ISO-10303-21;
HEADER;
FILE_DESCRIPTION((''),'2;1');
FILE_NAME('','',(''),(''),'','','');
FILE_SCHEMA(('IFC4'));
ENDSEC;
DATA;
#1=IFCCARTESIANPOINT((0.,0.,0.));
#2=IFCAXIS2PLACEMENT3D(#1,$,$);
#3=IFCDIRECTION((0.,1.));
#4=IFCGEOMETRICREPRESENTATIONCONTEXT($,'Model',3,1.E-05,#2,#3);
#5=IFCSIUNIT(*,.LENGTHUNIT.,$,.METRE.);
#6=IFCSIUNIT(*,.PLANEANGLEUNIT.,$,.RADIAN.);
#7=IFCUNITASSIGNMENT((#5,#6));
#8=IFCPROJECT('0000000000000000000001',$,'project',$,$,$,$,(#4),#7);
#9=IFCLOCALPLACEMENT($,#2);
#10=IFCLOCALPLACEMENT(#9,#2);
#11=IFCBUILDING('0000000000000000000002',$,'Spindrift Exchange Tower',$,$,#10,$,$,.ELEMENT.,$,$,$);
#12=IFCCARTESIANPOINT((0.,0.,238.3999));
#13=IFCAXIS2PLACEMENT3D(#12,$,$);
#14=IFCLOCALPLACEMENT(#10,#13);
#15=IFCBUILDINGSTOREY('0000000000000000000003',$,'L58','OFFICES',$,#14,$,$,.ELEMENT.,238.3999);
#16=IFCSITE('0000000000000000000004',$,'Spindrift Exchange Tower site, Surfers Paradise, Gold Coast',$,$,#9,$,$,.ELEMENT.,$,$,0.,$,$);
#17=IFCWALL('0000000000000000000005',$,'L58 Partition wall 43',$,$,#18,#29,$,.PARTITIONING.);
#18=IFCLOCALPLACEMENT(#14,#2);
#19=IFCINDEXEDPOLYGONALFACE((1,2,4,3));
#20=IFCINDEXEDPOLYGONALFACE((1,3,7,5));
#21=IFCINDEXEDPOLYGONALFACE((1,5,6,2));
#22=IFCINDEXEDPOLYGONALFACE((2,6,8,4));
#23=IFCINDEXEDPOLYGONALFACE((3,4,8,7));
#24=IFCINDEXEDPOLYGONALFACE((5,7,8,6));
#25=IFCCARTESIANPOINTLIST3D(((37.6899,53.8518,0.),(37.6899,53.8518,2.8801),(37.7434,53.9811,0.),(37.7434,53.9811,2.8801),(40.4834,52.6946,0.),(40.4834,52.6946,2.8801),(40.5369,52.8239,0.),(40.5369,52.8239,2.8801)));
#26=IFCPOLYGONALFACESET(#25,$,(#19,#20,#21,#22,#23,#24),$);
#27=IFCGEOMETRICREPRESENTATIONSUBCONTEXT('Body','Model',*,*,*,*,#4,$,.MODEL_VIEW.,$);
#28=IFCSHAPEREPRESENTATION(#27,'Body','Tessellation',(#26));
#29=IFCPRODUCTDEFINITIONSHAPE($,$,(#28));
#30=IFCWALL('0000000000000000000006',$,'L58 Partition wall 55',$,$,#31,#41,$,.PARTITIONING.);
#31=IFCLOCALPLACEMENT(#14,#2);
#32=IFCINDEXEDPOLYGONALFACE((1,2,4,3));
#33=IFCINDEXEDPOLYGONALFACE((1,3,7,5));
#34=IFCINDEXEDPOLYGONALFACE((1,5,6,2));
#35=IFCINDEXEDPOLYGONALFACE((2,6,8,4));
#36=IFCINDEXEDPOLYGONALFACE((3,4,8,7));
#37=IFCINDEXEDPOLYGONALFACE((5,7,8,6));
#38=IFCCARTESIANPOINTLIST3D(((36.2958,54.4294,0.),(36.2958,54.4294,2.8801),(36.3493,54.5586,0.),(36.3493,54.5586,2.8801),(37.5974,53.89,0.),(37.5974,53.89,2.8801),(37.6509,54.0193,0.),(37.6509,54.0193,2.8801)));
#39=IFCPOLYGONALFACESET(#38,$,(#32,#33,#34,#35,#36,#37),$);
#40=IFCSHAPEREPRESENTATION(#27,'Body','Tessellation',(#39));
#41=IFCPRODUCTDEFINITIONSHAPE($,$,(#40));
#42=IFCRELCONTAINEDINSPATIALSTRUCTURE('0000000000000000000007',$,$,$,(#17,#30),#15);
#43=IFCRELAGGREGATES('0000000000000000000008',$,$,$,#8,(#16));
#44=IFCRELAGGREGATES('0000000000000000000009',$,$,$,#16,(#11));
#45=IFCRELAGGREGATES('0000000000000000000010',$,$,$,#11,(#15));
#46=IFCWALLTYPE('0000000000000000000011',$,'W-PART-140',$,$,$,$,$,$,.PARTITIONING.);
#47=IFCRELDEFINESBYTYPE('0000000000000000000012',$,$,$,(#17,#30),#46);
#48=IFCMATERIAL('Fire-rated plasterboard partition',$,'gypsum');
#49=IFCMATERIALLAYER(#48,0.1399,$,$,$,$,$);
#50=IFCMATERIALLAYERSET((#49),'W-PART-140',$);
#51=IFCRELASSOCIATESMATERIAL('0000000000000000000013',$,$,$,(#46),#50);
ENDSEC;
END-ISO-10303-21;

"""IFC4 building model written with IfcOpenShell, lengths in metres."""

from ifc_helpers import new_model, si_unit, direction, frame, frame_2d, origin, place, context, subcontext, project, spatial, rectangle, extrude, material, layer, layer_set, type_object, element, save


model = new_model("IFC4")

# Units and contexts
model_context = context("Model", 3, precision=1e-05, world=origin(), true_north=direction((0.0, 1.0)))
body_context = subcontext(model_context, "Body", "Model", "MODEL_VIEW")
ifc_project = project(units=[si_unit("LENGTHUNIT", "METRE"), si_unit("PLANEANGLEUNIT", "RADIAN")], contexts=[model_context])

# Site, building, storey
site_placement = place(None, origin())
site = spatial("IfcSite", under=ifc_project, at=site_placement, Name="Spindrift Exchange Tower site, Surfers Paradise, Gold Coast", CompositionType="ELEMENT", RefElevation=0.0)
building_placement = place(site_placement, origin())
building = spatial("IfcBuilding", under=site, at=building_placement, Name="Spindrift Exchange Tower", CompositionType="ELEMENT")
storey_placement = place(building_placement, frame((0.0, 0.0, 238.3999)))
storey = spatial("IfcBuildingStorey", under=building, at=storey_placement, Name="L58", Description="OFFICES", CompositionType="ELEMENT", Elevation=238.3999)

# Shared definitions
ifc_material_1 = material(Name="Fire-rated plasterboard partition", Category="gypsum")
ifc_layer_1 = layer(ifc_material_1, 0.1399)
ifc_layer_set_1 = layer_set([ifc_layer_1], Name="W-PART-140")
wall_type_1 = type_object("IfcWallType", Name="W-PART-140", PredefinedType="PARTITIONING", material=ifc_layer_set_1)

# Walls
wall_1_placement = place(storey_placement, frame((40.51, 52.7593, 0.0), z_axis=(0.0, 0.0, 1.0), x_axis=(-0.923863, 0.382723, 0.0)))
element("IfcWall", 1, at=wall_1_placement, inside=storey, type_object=wall_type_1, Name="L58 Partition wall 43", PredefinedType="PARTITIONING", context=body_context, shape_type="SweptSolid", body=[
    extrude(rectangle(XDim=3.0237, YDim=0.1399, at=frame_2d((1.5117, 0.0))), origin(), (0.0, 0.0, 1.0), 2.8801),
])
wall_2_placement = place(storey_placement, frame((37.6243, 53.9546, 0.0), z_axis=(0.0, 0.0, 1.0), x_axis=(-0.923829, 0.382806, 0.0)))
element("IfcWall", 2, at=wall_2_placement, inside=storey, type_object=wall_type_1, Name="L58 Partition wall 55", PredefinedType="PARTITIONING", context=body_context, shape_type="SweptSolid", body=[
    extrude(rectangle(XDim=1.4089, YDim=0.1399, at=frame_2d((0.7046, 0.0))), origin(), (0.0, 0.0, 1.0), 2.8801),
])

save(model, "model.ifc")
